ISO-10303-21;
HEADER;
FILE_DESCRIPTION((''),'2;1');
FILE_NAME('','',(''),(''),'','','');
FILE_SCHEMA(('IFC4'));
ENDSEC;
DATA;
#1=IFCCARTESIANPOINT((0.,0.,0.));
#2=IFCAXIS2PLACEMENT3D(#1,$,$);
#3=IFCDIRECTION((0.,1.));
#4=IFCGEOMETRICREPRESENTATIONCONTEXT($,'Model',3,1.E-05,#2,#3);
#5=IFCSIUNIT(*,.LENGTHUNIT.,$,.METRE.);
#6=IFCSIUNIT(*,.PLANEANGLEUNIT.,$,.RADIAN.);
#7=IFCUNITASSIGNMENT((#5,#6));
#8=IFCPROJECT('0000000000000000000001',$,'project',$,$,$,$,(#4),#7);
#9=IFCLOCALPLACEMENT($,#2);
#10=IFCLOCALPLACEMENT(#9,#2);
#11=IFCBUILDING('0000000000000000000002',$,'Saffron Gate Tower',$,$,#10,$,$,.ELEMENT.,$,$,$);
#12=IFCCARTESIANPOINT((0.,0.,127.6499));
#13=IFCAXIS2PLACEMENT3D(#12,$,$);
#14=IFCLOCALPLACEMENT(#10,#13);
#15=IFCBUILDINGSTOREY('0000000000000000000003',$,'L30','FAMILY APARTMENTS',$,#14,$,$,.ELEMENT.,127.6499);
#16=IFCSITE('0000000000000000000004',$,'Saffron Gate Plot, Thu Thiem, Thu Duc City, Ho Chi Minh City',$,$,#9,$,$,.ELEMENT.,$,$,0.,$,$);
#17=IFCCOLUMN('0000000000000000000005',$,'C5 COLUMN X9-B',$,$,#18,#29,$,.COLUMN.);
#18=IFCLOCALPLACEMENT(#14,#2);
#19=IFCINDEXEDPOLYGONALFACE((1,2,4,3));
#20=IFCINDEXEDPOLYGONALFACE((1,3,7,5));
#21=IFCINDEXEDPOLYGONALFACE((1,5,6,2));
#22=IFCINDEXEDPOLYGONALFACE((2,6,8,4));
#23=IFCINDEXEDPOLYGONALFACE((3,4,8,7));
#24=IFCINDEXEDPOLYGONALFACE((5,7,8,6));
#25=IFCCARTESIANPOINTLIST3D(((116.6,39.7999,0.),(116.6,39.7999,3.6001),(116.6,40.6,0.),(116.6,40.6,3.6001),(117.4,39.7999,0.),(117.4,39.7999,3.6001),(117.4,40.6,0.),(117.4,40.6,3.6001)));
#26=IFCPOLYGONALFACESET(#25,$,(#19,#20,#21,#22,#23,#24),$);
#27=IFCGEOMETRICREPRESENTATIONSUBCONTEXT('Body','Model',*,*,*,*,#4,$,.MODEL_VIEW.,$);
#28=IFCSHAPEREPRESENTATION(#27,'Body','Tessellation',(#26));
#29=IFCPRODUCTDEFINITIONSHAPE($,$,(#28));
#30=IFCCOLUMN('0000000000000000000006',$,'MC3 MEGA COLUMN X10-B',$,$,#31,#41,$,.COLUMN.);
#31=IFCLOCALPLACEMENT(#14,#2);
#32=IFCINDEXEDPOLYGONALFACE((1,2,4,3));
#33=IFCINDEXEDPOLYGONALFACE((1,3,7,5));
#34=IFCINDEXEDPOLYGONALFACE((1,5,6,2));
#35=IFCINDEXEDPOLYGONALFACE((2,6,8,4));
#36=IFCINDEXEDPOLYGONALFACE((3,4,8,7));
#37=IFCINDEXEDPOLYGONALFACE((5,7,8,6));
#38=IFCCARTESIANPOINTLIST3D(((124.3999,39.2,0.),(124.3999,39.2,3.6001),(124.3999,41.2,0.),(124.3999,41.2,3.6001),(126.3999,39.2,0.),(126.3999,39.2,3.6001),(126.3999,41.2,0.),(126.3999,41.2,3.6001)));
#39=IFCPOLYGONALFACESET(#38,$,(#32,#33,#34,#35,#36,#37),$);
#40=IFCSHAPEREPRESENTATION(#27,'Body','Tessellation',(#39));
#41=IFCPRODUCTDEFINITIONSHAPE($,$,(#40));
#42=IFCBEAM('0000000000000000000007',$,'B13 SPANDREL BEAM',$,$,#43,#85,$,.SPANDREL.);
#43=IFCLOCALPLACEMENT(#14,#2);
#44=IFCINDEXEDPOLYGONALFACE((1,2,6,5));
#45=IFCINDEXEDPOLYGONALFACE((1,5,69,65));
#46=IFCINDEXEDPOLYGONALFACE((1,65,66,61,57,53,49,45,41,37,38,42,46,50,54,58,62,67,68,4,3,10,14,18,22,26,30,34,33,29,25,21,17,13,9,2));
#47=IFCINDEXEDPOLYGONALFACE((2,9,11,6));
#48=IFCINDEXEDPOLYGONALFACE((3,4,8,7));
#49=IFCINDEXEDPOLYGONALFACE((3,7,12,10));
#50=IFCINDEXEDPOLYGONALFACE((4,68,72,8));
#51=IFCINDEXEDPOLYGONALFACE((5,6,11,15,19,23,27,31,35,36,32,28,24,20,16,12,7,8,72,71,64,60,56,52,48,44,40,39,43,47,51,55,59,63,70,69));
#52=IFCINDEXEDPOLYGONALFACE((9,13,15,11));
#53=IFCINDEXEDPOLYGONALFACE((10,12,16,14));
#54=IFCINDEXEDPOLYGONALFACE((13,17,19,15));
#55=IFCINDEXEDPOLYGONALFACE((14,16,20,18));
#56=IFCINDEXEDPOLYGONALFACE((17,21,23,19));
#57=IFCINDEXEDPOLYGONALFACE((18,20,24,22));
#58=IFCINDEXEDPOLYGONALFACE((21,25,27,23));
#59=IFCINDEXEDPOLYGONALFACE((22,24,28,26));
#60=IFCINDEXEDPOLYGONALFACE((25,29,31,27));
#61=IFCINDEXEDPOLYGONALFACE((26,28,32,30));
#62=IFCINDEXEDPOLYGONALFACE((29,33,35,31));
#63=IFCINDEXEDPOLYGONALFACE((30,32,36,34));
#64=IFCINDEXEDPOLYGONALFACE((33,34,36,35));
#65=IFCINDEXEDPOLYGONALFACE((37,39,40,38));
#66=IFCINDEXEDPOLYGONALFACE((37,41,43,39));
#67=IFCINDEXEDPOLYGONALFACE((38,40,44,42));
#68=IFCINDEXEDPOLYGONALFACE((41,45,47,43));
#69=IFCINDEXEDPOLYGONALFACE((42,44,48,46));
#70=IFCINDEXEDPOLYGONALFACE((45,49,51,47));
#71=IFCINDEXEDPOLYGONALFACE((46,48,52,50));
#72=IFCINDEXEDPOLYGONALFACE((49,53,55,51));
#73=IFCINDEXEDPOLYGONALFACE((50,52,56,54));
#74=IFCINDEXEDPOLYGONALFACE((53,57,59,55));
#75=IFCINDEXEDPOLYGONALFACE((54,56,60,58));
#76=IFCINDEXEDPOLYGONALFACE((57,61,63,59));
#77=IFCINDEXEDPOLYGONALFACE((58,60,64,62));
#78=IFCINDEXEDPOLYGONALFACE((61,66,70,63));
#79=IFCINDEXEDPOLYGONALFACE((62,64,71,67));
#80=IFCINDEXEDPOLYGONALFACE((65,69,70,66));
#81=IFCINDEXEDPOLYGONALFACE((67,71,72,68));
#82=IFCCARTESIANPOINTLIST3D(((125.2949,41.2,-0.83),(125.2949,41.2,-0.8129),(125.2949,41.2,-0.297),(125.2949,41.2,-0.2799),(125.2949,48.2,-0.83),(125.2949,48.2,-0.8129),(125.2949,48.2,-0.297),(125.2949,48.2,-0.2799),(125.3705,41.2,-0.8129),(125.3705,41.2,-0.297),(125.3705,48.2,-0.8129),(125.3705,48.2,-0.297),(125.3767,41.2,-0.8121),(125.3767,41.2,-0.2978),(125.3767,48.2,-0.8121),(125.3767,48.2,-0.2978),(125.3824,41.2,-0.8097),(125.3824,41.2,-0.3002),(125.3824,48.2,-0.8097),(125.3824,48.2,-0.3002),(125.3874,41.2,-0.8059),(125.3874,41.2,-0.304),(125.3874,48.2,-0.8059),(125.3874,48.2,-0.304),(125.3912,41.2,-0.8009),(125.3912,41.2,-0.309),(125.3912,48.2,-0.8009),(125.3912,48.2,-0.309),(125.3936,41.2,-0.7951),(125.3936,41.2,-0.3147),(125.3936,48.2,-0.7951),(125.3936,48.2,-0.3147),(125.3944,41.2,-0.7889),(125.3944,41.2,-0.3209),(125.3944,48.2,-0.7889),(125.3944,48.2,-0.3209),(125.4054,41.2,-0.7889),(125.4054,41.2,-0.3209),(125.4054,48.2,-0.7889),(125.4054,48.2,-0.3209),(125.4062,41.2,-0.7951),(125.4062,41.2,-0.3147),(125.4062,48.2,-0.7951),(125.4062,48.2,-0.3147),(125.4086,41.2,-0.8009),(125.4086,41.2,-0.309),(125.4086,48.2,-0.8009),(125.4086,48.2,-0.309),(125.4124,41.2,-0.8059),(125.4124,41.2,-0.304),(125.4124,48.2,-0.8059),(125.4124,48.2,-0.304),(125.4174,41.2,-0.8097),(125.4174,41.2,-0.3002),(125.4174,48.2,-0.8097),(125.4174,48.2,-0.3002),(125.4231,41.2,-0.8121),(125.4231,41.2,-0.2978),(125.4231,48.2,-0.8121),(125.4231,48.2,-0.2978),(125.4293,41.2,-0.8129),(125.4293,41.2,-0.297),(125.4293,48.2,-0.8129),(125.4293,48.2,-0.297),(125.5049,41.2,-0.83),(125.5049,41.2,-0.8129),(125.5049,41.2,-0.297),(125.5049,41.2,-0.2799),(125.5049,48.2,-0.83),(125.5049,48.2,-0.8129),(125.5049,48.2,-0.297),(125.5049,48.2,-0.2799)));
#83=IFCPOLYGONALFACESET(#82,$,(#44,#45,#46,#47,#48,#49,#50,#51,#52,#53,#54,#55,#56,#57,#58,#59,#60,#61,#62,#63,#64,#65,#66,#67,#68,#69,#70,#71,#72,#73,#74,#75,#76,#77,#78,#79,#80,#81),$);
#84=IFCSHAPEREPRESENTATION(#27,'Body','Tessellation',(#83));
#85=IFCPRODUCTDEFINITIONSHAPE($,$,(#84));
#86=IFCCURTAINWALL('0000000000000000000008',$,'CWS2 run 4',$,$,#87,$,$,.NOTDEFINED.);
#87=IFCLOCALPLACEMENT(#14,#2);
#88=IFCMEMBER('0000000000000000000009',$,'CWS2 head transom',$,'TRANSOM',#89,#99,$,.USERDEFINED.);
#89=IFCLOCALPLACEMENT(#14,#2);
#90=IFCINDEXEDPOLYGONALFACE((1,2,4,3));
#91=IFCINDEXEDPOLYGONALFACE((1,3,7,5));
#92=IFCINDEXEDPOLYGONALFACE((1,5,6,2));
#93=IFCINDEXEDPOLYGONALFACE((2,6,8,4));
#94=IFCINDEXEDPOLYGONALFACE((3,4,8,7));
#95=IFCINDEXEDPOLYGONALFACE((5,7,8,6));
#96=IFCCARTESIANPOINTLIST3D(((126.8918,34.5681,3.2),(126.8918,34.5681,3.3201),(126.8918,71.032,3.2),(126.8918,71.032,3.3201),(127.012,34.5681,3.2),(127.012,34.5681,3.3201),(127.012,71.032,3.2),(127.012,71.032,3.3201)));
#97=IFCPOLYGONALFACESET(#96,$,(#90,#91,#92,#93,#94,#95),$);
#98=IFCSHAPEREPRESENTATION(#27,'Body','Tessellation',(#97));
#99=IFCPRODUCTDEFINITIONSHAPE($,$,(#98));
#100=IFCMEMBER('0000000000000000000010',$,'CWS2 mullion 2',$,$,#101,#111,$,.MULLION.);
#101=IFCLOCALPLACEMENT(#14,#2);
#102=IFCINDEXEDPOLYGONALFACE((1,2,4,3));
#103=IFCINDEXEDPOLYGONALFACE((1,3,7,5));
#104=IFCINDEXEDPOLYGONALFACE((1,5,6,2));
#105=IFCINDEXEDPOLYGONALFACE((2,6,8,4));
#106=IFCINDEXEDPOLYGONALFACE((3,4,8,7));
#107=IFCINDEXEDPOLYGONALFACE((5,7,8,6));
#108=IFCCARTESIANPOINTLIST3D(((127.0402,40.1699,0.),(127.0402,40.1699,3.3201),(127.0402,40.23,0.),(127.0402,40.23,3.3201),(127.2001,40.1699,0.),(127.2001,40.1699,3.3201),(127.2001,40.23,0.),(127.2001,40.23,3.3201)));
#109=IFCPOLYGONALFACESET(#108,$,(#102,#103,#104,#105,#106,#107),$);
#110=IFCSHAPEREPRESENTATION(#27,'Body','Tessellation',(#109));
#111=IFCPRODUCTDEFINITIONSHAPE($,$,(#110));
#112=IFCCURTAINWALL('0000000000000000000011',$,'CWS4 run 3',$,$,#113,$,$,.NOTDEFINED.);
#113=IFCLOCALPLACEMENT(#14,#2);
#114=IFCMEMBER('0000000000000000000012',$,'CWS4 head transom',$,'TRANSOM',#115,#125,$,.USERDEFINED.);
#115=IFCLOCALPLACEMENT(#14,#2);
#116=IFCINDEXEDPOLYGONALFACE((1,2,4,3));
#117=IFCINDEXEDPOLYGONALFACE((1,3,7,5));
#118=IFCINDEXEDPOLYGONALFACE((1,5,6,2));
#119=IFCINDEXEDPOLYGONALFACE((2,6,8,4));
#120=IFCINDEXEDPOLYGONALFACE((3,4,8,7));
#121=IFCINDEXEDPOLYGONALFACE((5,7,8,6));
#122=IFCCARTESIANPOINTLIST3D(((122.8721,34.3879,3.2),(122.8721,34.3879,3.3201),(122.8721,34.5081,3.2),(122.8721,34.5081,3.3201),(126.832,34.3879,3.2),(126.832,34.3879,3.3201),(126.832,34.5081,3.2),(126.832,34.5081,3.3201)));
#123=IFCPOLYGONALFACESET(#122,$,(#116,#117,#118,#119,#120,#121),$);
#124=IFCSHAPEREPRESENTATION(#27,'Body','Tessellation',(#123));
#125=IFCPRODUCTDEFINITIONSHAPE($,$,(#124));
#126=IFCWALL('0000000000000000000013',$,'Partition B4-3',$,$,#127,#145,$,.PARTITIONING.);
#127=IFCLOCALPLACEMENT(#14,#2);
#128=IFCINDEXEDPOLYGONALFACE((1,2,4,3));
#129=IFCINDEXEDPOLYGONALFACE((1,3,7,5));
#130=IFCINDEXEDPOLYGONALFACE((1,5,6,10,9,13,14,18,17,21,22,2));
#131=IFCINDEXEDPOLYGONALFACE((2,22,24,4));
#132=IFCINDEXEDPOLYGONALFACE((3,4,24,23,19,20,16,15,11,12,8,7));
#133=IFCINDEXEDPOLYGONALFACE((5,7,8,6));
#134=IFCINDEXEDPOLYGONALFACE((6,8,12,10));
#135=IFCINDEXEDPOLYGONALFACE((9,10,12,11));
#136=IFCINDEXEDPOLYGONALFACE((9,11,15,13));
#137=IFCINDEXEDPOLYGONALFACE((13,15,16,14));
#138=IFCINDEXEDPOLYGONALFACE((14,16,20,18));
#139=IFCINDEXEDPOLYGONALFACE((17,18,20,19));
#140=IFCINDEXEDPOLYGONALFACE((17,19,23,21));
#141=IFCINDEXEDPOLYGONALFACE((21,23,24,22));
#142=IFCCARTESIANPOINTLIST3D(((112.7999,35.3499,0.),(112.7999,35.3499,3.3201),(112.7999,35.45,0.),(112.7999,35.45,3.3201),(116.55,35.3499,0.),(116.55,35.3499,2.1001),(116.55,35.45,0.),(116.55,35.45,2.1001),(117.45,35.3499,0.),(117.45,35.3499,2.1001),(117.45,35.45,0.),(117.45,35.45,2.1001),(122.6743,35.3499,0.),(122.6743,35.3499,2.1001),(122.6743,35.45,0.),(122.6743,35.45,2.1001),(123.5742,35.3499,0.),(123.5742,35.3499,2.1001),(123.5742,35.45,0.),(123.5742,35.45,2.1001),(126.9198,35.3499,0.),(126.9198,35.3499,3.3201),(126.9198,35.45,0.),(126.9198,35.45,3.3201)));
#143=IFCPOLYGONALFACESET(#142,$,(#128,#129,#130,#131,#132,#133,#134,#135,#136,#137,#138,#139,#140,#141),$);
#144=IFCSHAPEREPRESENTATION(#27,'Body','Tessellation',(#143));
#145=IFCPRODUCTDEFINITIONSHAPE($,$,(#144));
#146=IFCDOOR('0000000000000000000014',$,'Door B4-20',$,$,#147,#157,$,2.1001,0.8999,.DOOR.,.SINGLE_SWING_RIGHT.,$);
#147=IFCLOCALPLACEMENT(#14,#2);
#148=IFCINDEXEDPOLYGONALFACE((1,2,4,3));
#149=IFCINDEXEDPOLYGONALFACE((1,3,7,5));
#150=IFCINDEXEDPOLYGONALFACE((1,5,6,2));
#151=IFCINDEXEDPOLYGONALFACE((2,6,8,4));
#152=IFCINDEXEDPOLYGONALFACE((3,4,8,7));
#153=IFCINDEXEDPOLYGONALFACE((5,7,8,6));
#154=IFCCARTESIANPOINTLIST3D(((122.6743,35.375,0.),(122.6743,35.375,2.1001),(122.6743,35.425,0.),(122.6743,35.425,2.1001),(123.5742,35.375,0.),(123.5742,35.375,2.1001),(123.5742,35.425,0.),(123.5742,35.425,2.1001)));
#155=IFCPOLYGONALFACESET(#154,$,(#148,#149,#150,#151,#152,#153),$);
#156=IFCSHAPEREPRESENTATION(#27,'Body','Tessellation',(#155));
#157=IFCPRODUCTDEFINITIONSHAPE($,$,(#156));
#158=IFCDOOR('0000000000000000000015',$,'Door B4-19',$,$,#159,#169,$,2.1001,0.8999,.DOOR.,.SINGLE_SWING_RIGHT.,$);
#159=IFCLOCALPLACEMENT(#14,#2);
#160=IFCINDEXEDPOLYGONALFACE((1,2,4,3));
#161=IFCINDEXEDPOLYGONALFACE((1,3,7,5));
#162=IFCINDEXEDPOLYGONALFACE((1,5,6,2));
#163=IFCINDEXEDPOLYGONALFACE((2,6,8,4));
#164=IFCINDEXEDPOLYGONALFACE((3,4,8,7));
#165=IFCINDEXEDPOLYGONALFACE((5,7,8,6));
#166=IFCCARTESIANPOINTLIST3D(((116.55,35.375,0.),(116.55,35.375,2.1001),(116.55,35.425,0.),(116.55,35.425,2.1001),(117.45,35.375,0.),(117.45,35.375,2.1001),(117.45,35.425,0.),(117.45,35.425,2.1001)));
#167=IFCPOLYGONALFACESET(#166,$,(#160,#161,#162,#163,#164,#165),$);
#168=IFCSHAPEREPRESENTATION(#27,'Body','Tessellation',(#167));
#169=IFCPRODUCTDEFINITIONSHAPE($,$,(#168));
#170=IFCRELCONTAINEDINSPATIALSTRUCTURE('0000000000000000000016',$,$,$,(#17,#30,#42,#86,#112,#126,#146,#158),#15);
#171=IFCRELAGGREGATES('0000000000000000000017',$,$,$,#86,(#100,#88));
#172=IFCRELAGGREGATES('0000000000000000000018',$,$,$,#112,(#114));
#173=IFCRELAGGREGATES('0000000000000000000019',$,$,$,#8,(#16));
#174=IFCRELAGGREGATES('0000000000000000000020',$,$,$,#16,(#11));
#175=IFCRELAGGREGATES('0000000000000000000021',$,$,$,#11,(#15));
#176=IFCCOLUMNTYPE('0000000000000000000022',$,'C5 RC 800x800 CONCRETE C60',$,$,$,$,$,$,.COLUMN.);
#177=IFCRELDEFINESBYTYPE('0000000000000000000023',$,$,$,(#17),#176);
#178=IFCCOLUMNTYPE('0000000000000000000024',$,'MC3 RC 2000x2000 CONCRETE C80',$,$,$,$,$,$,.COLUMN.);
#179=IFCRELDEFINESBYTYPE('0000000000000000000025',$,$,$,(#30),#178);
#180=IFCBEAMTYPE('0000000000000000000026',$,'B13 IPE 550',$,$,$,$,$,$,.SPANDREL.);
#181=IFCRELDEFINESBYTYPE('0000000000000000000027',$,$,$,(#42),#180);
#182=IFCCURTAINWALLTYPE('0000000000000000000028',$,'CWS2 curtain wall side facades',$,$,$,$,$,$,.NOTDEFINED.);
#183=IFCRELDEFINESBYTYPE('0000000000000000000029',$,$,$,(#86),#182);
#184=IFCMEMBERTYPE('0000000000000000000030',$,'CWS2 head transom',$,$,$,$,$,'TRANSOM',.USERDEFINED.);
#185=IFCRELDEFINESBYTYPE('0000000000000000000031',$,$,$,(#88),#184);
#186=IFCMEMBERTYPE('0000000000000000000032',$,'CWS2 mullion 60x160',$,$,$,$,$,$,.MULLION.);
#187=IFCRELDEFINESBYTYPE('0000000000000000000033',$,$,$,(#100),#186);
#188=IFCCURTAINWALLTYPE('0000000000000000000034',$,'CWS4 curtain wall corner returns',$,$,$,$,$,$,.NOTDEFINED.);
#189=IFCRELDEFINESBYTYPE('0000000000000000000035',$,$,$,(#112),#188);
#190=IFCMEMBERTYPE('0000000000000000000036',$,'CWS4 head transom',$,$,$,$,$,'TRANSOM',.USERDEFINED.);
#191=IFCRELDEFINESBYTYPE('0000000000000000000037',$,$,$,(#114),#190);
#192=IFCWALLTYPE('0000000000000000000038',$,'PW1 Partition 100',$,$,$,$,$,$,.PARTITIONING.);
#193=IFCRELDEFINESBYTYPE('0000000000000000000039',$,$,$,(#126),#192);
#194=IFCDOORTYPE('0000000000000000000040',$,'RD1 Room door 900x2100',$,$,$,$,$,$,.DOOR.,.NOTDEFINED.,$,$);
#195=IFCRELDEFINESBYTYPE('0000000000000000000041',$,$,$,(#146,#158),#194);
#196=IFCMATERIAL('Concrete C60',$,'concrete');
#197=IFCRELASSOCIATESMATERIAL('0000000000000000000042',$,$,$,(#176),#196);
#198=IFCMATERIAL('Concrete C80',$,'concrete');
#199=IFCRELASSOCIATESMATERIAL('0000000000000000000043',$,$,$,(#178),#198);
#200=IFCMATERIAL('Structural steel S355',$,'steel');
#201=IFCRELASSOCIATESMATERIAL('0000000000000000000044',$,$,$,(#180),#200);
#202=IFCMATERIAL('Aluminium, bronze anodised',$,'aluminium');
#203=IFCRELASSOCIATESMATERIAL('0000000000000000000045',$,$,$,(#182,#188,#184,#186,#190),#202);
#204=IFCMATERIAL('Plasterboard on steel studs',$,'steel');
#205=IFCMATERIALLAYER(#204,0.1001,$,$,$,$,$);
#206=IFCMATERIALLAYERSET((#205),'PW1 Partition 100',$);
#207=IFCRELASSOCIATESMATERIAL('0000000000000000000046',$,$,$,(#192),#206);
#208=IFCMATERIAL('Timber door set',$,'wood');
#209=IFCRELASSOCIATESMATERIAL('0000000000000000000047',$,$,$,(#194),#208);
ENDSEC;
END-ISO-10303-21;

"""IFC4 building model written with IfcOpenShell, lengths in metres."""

from ifc_helpers import new_model, si_unit, direction, frame, frame_2d, origin, origin_2d, place, context, subcontext, project, spatial, rectangle, i_section, extrude, material, layer, layer_set, material_profile, profile_set, type_object, element, fill, aggregate, save


model = new_model("IFC4")

# Units and contexts
model_context = context("Model", 3, precision=1e-05, world=origin(), true_north=direction((0.0, 1.0)))
body_context = subcontext(model_context, "Body", "Model", "MODEL_VIEW")
ifc_project = project(units=[si_unit("LENGTHUNIT", "METRE"), si_unit("PLANEANGLEUNIT", "RADIAN")], contexts=[model_context])

# Site, building, storey
site_placement = place(None, origin())
site = spatial("IfcSite", under=ifc_project, at=site_placement, Name="Saffron Gate Plot, Thu Thiem, Thu Duc City, Ho Chi Minh City", CompositionType="ELEMENT", RefElevation=0.0)
building_placement = place(site_placement, origin())
building = spatial("IfcBuilding", under=site, at=building_placement, Name="Saffron Gate Tower", CompositionType="ELEMENT")
storey_placement = place(building_placement, frame((0.0, 0.0, 127.6499)))
storey = spatial("IfcBuildingStorey", under=building, at=storey_placement, Name="L30", Description="FAMILY APARTMENTS", CompositionType="ELEMENT", Elevation=127.6499)

# Columns
ifc_material_1 = material(Name="Concrete C60", Category="concrete")
ifc_material_profile_1 = material_profile(ifc_material_1, rectangle(XDim=0.8, YDim=0.8, at=origin_2d()))
ifc_profile_set_1 = profile_set([ifc_material_profile_1], Name="Concrete C60")
column_type_1 = type_object("IfcColumnType", Name="C5 RC 800x800 CONCRETE C60", PredefinedType="COLUMN", material=ifc_profile_set_1)
column_1_placement = place(storey_placement, frame((117.0, 40.2, 0.0), z_axis=(0.0, 0.0, 1.0), x_axis=(1.0, 0.0, 0.0)))
element("IfcColumn", 1, at=column_1_placement, inside=storey, type_object=column_type_1, Name="C5 COLUMN X9-B", PredefinedType="COLUMN", context=body_context, shape_type="SweptSolid", body=[
    extrude(rectangle(XDim=0.8, YDim=0.8, at=origin_2d()), origin(), (0.0, 0.0, 1.0), 3.6001),
])
ifc_material_2 = material(Name="Concrete C80", Category="concrete")
ifc_material_profile_2 = material_profile(ifc_material_2, rectangle(XDim=2.0, YDim=2.0, at=origin_2d()))
ifc_profile_set_2 = profile_set([ifc_material_profile_2], Name="Concrete C80")
column_type_2 = type_object("IfcColumnType", Name="MC3 RC 2000x2000 CONCRETE C80", PredefinedType="COLUMN", material=ifc_profile_set_2)
column_2_placement = place(storey_placement, frame((125.3999, 40.2, 0.0), z_axis=(0.0, 0.0, 1.0), x_axis=(1.0, 0.0, 0.0)))
element("IfcColumn", 2, at=column_2_placement, inside=storey, type_object=column_type_2, Name="MC3 MEGA COLUMN X10-B", PredefinedType="COLUMN", context=body_context, shape_type="SweptSolid", body=[
    extrude(rectangle(XDim=2.0, YDim=2.0, at=origin_2d()), origin(), (0.0, 0.0, 1.0), 3.6001),
])

# Beam
ifc_material_3 = material(Name="Structural steel S355", Category="steel")
ifc_material_profile_3 = material_profile(ifc_material_3, i_section(OverallWidth=0.21, OverallDepth=0.55, WebThickness=0.011, FlangeThickness=0.0171, FilletRadius=0.0239, at=origin_2d()))
ifc_profile_set_3 = profile_set([ifc_material_profile_3], Name="Structural steel S355")
beam_type = type_object("IfcBeamType", Name="B13 IPE 550", PredefinedType="SPANDREL", material=ifc_profile_set_3)
beam_placement = place(storey_placement, frame((125.3999, 41.2, -0.5549), z_axis=(0.0, 1.0, 0.0), x_axis=(-1.0, 0.0, 0.0)))
element("IfcBeam", 3, at=beam_placement, inside=storey, type_object=beam_type, Name="B13 SPANDREL BEAM", PredefinedType="SPANDREL", context=body_context, shape_type="SweptSolid", body=[
    extrude(i_section(OverallWidth=0.21, OverallDepth=0.55, WebThickness=0.011, FlangeThickness=0.0171, FilletRadius=0.0239, at=origin_2d()), origin(), (0.0, 0.0, 1.0), 7.0),
])

# Curtain wall, members
ifc_material_4 = material(Name="Aluminium, bronze anodised", Category="aluminium")
curtain_wall_type_1 = type_object("IfcCurtainWallType", Name="CWS2 curtain wall side facades", PredefinedType="NOTDEFINED", material=ifc_material_4)
curtain_wall_1_placement = place(storey_placement, origin())
curtain_wall_1 = element("IfcCurtainWall", 4, at=curtain_wall_1_placement, inside=storey, type_object=curtain_wall_type_1, Name="CWS2 run 4", PredefinedType="NOTDEFINED")
ifc_material_profile_4 = material_profile(ifc_material_4, rectangle(XDim=0.1201, YDim=0.1201, at=origin_2d()))
ifc_profile_set_4 = profile_set([ifc_material_profile_4], Name="Aluminium, bronze anodised")
member_type_1 = type_object("IfcMemberType", Name="CWS2 head transom", ElementType="TRANSOM", PredefinedType="USERDEFINED", material=ifc_profile_set_4)
member_1_placement = place(storey_placement, frame((126.9519, 34.5681, 3.26), z_axis=(0.0, 1.0, 0.0), x_axis=(-1.0, 0.0, 0.0)))
member_1 = element("IfcMember", 5, at=member_1_placement, type_object=member_type_1, Name="CWS2 head transom", ObjectType="TRANSOM", PredefinedType="USERDEFINED", context=body_context, shape_type="SweptSolid", body=[
    extrude(rectangle(XDim=0.1201, YDim=0.1201, at=origin_2d()), origin(), (0.0, 0.0, 1.0), 36.4639),
])
ifc_material_profile_5 = material_profile(ifc_material_4, rectangle(XDim=0.1599, YDim=0.0601, at=origin_2d()))
ifc_profile_set_5 = profile_set([ifc_material_profile_5], Name="Aluminium, bronze anodised")
member_type_2 = type_object("IfcMemberType", Name="CWS2 mullion 60x160", PredefinedType="MULLION", material=ifc_profile_set_5)
member_2_placement = place(storey_placement, frame((127.1201, 40.2, 0.0), z_axis=(0.0, 0.0, 1.0), x_axis=(-1.0, 0.0, 0.0)))
member_2 = element("IfcMember", 6, at=member_2_placement, type_object=member_type_2, Name="CWS2 mullion 2", PredefinedType="MULLION", context=body_context, shape_type="SweptSolid", body=[
    extrude(rectangle(XDim=0.1599, YDim=0.0601, at=origin_2d()), origin(), (0.0, 0.0, 1.0), 3.3201),
])
aggregate(curtain_wall_1, [member_2, member_1])

# Curtain wall, member
curtain_wall_type_2 = type_object("IfcCurtainWallType", Name="CWS4 curtain wall corner returns", PredefinedType="NOTDEFINED", material=ifc_material_4)
curtain_wall_2_placement = place(storey_placement, origin())
curtain_wall_2 = element("IfcCurtainWall", 7, at=curtain_wall_2_placement, inside=storey, type_object=curtain_wall_type_2, Name="CWS4 run 3", PredefinedType="NOTDEFINED")
ifc_material_profile_6 = material_profile(ifc_material_4, rectangle(XDim=0.1201, YDim=0.1201, at=origin_2d()))
ifc_profile_set_6 = profile_set([ifc_material_profile_6], Name="Aluminium, bronze anodised")
member_type_3 = type_object("IfcMemberType", Name="CWS4 head transom", ElementType="TRANSOM", PredefinedType="USERDEFINED", material=ifc_profile_set_6)
member_3_placement = place(storey_placement, frame((122.8721, 34.448, 3.26), z_axis=(1.0, 0.0, 0.0), x_axis=(0.0, 1.0, 0.0)))
member_3 = element("IfcMember", 8, at=member_3_placement, type_object=member_type_3, Name="CWS4 head transom", ObjectType="TRANSOM", PredefinedType="USERDEFINED", context=body_context, shape_type="SweptSolid", body=[
    extrude(rectangle(XDim=0.1201, YDim=0.1201, at=origin_2d()), origin(), (0.0, 0.0, 1.0), 3.96),
])
aggregate(curtain_wall_2, [member_3])

# Wall, openings, doors
ifc_material_5 = material(Name="Plasterboard on steel studs", Category="steel")
ifc_layer_1 = layer(ifc_material_5, 0.1001)
ifc_layer_set_1 = layer_set([ifc_layer_1], Name="PW1 Partition 100")
wall_type_1 = type_object("IfcWallType", Name="PW1 Partition 100", PredefinedType="PARTITIONING", material=ifc_layer_set_1)
wall_1_placement = place(storey_placement, frame((126.9199, 35.3999, 0.0), z_axis=(0.0, 0.0, 1.0), x_axis=(-1.0, 0.0, 0.0)))
wall_1 = element("IfcWall", 9, at=wall_1_placement, inside=storey, type_object=wall_type_1, Name="Partition B4-3", PredefinedType="PARTITIONING", context=body_context, shape_type="SweptSolid", body=[
    extrude(rectangle(XDim=14.1199, YDim=0.1001, at=frame_2d((7.0601, 0.0))), origin(), (0.0, 0.0, 1.0), 3.3201),
])
opening_1_placement = place(wall_1_placement, frame((3.3457, 0.0, 0.0)))
opening_1 = element("IfcOpeningElement", 10, at=opening_1_placement, cuts=wall_1, PredefinedType="OPENING", context=body_context, shape_type="SweptSolid", body=[
    extrude(rectangle(XDim=0.8999, YDim=2.1001, at=frame_2d((0.45, 1.05))), frame((0.0, 0.0601, 0.0), z_axis=(0.0, -1.0, 0.0), x_axis=(1.0, 0.0, 0.0)), (0.0, 0.0, 1.0), 0.1201),
])
opening_2_placement = place(wall_1_placement, frame((9.47, 0.0, 0.0)))
opening_2 = element("IfcOpeningElement", 11, at=opening_2_placement, cuts=wall_1, PredefinedType="OPENING", context=body_context, shape_type="SweptSolid", body=[
    extrude(rectangle(XDim=0.8999, YDim=2.1001, at=frame_2d((0.45, 1.05))), frame((0.0, 0.0601, 0.0), z_axis=(0.0, -1.0, 0.0), x_axis=(1.0, 0.0, 0.0)), (0.0, 0.0, 1.0), 0.1201),
])
ifc_material_6 = material(Name="Timber door set", Category="wood")
door_type_1 = type_object("IfcDoorType", Name="RD1 Room door 900x2100", OperationType="NOTDEFINED", PredefinedType="DOOR", material=ifc_material_6)
door_1_placement = place(opening_1_placement, origin())
door_1 = element("IfcDoor", 12, at=door_1_placement, inside=storey, type_object=door_type_1, Name="Door B4-20", OperationType="SINGLE_SWING_RIGHT", OverallHeight=2.1001, OverallWidth=0.8999, PredefinedType="DOOR", context=body_context, shape_type="SweptSolid", body=[
    extrude(rectangle(XDim=0.8999, YDim=2.1001, at=frame_2d((0.45, 1.05))), frame((0.0, 0.0249, 0.0), z_axis=(0.0, -1.0, 0.0), x_axis=(1.0, 0.0, 0.0)), (0.0, 0.0, 1.0), 0.05),
])
fill(opening_1, door_1)
door_2_placement = place(opening_2_placement, origin())
door_2 = element("IfcDoor", 13, at=door_2_placement, inside=storey, type_object=door_type_1, Name="Door B4-19", OperationType="SINGLE_SWING_RIGHT", OverallHeight=2.1001, OverallWidth=0.8999, PredefinedType="DOOR", context=body_context, shape_type="SweptSolid", body=[
    extrude(rectangle(XDim=0.8999, YDim=2.1001, at=frame_2d((0.45, 1.05))), frame((0.0, 0.0249, 0.0), z_axis=(0.0, -1.0, 0.0), x_axis=(1.0, 0.0, 0.0)), (0.0, 0.0, 1.0), 0.05),
])
fill(opening_2, door_2)

save(model, "model.ifc")
